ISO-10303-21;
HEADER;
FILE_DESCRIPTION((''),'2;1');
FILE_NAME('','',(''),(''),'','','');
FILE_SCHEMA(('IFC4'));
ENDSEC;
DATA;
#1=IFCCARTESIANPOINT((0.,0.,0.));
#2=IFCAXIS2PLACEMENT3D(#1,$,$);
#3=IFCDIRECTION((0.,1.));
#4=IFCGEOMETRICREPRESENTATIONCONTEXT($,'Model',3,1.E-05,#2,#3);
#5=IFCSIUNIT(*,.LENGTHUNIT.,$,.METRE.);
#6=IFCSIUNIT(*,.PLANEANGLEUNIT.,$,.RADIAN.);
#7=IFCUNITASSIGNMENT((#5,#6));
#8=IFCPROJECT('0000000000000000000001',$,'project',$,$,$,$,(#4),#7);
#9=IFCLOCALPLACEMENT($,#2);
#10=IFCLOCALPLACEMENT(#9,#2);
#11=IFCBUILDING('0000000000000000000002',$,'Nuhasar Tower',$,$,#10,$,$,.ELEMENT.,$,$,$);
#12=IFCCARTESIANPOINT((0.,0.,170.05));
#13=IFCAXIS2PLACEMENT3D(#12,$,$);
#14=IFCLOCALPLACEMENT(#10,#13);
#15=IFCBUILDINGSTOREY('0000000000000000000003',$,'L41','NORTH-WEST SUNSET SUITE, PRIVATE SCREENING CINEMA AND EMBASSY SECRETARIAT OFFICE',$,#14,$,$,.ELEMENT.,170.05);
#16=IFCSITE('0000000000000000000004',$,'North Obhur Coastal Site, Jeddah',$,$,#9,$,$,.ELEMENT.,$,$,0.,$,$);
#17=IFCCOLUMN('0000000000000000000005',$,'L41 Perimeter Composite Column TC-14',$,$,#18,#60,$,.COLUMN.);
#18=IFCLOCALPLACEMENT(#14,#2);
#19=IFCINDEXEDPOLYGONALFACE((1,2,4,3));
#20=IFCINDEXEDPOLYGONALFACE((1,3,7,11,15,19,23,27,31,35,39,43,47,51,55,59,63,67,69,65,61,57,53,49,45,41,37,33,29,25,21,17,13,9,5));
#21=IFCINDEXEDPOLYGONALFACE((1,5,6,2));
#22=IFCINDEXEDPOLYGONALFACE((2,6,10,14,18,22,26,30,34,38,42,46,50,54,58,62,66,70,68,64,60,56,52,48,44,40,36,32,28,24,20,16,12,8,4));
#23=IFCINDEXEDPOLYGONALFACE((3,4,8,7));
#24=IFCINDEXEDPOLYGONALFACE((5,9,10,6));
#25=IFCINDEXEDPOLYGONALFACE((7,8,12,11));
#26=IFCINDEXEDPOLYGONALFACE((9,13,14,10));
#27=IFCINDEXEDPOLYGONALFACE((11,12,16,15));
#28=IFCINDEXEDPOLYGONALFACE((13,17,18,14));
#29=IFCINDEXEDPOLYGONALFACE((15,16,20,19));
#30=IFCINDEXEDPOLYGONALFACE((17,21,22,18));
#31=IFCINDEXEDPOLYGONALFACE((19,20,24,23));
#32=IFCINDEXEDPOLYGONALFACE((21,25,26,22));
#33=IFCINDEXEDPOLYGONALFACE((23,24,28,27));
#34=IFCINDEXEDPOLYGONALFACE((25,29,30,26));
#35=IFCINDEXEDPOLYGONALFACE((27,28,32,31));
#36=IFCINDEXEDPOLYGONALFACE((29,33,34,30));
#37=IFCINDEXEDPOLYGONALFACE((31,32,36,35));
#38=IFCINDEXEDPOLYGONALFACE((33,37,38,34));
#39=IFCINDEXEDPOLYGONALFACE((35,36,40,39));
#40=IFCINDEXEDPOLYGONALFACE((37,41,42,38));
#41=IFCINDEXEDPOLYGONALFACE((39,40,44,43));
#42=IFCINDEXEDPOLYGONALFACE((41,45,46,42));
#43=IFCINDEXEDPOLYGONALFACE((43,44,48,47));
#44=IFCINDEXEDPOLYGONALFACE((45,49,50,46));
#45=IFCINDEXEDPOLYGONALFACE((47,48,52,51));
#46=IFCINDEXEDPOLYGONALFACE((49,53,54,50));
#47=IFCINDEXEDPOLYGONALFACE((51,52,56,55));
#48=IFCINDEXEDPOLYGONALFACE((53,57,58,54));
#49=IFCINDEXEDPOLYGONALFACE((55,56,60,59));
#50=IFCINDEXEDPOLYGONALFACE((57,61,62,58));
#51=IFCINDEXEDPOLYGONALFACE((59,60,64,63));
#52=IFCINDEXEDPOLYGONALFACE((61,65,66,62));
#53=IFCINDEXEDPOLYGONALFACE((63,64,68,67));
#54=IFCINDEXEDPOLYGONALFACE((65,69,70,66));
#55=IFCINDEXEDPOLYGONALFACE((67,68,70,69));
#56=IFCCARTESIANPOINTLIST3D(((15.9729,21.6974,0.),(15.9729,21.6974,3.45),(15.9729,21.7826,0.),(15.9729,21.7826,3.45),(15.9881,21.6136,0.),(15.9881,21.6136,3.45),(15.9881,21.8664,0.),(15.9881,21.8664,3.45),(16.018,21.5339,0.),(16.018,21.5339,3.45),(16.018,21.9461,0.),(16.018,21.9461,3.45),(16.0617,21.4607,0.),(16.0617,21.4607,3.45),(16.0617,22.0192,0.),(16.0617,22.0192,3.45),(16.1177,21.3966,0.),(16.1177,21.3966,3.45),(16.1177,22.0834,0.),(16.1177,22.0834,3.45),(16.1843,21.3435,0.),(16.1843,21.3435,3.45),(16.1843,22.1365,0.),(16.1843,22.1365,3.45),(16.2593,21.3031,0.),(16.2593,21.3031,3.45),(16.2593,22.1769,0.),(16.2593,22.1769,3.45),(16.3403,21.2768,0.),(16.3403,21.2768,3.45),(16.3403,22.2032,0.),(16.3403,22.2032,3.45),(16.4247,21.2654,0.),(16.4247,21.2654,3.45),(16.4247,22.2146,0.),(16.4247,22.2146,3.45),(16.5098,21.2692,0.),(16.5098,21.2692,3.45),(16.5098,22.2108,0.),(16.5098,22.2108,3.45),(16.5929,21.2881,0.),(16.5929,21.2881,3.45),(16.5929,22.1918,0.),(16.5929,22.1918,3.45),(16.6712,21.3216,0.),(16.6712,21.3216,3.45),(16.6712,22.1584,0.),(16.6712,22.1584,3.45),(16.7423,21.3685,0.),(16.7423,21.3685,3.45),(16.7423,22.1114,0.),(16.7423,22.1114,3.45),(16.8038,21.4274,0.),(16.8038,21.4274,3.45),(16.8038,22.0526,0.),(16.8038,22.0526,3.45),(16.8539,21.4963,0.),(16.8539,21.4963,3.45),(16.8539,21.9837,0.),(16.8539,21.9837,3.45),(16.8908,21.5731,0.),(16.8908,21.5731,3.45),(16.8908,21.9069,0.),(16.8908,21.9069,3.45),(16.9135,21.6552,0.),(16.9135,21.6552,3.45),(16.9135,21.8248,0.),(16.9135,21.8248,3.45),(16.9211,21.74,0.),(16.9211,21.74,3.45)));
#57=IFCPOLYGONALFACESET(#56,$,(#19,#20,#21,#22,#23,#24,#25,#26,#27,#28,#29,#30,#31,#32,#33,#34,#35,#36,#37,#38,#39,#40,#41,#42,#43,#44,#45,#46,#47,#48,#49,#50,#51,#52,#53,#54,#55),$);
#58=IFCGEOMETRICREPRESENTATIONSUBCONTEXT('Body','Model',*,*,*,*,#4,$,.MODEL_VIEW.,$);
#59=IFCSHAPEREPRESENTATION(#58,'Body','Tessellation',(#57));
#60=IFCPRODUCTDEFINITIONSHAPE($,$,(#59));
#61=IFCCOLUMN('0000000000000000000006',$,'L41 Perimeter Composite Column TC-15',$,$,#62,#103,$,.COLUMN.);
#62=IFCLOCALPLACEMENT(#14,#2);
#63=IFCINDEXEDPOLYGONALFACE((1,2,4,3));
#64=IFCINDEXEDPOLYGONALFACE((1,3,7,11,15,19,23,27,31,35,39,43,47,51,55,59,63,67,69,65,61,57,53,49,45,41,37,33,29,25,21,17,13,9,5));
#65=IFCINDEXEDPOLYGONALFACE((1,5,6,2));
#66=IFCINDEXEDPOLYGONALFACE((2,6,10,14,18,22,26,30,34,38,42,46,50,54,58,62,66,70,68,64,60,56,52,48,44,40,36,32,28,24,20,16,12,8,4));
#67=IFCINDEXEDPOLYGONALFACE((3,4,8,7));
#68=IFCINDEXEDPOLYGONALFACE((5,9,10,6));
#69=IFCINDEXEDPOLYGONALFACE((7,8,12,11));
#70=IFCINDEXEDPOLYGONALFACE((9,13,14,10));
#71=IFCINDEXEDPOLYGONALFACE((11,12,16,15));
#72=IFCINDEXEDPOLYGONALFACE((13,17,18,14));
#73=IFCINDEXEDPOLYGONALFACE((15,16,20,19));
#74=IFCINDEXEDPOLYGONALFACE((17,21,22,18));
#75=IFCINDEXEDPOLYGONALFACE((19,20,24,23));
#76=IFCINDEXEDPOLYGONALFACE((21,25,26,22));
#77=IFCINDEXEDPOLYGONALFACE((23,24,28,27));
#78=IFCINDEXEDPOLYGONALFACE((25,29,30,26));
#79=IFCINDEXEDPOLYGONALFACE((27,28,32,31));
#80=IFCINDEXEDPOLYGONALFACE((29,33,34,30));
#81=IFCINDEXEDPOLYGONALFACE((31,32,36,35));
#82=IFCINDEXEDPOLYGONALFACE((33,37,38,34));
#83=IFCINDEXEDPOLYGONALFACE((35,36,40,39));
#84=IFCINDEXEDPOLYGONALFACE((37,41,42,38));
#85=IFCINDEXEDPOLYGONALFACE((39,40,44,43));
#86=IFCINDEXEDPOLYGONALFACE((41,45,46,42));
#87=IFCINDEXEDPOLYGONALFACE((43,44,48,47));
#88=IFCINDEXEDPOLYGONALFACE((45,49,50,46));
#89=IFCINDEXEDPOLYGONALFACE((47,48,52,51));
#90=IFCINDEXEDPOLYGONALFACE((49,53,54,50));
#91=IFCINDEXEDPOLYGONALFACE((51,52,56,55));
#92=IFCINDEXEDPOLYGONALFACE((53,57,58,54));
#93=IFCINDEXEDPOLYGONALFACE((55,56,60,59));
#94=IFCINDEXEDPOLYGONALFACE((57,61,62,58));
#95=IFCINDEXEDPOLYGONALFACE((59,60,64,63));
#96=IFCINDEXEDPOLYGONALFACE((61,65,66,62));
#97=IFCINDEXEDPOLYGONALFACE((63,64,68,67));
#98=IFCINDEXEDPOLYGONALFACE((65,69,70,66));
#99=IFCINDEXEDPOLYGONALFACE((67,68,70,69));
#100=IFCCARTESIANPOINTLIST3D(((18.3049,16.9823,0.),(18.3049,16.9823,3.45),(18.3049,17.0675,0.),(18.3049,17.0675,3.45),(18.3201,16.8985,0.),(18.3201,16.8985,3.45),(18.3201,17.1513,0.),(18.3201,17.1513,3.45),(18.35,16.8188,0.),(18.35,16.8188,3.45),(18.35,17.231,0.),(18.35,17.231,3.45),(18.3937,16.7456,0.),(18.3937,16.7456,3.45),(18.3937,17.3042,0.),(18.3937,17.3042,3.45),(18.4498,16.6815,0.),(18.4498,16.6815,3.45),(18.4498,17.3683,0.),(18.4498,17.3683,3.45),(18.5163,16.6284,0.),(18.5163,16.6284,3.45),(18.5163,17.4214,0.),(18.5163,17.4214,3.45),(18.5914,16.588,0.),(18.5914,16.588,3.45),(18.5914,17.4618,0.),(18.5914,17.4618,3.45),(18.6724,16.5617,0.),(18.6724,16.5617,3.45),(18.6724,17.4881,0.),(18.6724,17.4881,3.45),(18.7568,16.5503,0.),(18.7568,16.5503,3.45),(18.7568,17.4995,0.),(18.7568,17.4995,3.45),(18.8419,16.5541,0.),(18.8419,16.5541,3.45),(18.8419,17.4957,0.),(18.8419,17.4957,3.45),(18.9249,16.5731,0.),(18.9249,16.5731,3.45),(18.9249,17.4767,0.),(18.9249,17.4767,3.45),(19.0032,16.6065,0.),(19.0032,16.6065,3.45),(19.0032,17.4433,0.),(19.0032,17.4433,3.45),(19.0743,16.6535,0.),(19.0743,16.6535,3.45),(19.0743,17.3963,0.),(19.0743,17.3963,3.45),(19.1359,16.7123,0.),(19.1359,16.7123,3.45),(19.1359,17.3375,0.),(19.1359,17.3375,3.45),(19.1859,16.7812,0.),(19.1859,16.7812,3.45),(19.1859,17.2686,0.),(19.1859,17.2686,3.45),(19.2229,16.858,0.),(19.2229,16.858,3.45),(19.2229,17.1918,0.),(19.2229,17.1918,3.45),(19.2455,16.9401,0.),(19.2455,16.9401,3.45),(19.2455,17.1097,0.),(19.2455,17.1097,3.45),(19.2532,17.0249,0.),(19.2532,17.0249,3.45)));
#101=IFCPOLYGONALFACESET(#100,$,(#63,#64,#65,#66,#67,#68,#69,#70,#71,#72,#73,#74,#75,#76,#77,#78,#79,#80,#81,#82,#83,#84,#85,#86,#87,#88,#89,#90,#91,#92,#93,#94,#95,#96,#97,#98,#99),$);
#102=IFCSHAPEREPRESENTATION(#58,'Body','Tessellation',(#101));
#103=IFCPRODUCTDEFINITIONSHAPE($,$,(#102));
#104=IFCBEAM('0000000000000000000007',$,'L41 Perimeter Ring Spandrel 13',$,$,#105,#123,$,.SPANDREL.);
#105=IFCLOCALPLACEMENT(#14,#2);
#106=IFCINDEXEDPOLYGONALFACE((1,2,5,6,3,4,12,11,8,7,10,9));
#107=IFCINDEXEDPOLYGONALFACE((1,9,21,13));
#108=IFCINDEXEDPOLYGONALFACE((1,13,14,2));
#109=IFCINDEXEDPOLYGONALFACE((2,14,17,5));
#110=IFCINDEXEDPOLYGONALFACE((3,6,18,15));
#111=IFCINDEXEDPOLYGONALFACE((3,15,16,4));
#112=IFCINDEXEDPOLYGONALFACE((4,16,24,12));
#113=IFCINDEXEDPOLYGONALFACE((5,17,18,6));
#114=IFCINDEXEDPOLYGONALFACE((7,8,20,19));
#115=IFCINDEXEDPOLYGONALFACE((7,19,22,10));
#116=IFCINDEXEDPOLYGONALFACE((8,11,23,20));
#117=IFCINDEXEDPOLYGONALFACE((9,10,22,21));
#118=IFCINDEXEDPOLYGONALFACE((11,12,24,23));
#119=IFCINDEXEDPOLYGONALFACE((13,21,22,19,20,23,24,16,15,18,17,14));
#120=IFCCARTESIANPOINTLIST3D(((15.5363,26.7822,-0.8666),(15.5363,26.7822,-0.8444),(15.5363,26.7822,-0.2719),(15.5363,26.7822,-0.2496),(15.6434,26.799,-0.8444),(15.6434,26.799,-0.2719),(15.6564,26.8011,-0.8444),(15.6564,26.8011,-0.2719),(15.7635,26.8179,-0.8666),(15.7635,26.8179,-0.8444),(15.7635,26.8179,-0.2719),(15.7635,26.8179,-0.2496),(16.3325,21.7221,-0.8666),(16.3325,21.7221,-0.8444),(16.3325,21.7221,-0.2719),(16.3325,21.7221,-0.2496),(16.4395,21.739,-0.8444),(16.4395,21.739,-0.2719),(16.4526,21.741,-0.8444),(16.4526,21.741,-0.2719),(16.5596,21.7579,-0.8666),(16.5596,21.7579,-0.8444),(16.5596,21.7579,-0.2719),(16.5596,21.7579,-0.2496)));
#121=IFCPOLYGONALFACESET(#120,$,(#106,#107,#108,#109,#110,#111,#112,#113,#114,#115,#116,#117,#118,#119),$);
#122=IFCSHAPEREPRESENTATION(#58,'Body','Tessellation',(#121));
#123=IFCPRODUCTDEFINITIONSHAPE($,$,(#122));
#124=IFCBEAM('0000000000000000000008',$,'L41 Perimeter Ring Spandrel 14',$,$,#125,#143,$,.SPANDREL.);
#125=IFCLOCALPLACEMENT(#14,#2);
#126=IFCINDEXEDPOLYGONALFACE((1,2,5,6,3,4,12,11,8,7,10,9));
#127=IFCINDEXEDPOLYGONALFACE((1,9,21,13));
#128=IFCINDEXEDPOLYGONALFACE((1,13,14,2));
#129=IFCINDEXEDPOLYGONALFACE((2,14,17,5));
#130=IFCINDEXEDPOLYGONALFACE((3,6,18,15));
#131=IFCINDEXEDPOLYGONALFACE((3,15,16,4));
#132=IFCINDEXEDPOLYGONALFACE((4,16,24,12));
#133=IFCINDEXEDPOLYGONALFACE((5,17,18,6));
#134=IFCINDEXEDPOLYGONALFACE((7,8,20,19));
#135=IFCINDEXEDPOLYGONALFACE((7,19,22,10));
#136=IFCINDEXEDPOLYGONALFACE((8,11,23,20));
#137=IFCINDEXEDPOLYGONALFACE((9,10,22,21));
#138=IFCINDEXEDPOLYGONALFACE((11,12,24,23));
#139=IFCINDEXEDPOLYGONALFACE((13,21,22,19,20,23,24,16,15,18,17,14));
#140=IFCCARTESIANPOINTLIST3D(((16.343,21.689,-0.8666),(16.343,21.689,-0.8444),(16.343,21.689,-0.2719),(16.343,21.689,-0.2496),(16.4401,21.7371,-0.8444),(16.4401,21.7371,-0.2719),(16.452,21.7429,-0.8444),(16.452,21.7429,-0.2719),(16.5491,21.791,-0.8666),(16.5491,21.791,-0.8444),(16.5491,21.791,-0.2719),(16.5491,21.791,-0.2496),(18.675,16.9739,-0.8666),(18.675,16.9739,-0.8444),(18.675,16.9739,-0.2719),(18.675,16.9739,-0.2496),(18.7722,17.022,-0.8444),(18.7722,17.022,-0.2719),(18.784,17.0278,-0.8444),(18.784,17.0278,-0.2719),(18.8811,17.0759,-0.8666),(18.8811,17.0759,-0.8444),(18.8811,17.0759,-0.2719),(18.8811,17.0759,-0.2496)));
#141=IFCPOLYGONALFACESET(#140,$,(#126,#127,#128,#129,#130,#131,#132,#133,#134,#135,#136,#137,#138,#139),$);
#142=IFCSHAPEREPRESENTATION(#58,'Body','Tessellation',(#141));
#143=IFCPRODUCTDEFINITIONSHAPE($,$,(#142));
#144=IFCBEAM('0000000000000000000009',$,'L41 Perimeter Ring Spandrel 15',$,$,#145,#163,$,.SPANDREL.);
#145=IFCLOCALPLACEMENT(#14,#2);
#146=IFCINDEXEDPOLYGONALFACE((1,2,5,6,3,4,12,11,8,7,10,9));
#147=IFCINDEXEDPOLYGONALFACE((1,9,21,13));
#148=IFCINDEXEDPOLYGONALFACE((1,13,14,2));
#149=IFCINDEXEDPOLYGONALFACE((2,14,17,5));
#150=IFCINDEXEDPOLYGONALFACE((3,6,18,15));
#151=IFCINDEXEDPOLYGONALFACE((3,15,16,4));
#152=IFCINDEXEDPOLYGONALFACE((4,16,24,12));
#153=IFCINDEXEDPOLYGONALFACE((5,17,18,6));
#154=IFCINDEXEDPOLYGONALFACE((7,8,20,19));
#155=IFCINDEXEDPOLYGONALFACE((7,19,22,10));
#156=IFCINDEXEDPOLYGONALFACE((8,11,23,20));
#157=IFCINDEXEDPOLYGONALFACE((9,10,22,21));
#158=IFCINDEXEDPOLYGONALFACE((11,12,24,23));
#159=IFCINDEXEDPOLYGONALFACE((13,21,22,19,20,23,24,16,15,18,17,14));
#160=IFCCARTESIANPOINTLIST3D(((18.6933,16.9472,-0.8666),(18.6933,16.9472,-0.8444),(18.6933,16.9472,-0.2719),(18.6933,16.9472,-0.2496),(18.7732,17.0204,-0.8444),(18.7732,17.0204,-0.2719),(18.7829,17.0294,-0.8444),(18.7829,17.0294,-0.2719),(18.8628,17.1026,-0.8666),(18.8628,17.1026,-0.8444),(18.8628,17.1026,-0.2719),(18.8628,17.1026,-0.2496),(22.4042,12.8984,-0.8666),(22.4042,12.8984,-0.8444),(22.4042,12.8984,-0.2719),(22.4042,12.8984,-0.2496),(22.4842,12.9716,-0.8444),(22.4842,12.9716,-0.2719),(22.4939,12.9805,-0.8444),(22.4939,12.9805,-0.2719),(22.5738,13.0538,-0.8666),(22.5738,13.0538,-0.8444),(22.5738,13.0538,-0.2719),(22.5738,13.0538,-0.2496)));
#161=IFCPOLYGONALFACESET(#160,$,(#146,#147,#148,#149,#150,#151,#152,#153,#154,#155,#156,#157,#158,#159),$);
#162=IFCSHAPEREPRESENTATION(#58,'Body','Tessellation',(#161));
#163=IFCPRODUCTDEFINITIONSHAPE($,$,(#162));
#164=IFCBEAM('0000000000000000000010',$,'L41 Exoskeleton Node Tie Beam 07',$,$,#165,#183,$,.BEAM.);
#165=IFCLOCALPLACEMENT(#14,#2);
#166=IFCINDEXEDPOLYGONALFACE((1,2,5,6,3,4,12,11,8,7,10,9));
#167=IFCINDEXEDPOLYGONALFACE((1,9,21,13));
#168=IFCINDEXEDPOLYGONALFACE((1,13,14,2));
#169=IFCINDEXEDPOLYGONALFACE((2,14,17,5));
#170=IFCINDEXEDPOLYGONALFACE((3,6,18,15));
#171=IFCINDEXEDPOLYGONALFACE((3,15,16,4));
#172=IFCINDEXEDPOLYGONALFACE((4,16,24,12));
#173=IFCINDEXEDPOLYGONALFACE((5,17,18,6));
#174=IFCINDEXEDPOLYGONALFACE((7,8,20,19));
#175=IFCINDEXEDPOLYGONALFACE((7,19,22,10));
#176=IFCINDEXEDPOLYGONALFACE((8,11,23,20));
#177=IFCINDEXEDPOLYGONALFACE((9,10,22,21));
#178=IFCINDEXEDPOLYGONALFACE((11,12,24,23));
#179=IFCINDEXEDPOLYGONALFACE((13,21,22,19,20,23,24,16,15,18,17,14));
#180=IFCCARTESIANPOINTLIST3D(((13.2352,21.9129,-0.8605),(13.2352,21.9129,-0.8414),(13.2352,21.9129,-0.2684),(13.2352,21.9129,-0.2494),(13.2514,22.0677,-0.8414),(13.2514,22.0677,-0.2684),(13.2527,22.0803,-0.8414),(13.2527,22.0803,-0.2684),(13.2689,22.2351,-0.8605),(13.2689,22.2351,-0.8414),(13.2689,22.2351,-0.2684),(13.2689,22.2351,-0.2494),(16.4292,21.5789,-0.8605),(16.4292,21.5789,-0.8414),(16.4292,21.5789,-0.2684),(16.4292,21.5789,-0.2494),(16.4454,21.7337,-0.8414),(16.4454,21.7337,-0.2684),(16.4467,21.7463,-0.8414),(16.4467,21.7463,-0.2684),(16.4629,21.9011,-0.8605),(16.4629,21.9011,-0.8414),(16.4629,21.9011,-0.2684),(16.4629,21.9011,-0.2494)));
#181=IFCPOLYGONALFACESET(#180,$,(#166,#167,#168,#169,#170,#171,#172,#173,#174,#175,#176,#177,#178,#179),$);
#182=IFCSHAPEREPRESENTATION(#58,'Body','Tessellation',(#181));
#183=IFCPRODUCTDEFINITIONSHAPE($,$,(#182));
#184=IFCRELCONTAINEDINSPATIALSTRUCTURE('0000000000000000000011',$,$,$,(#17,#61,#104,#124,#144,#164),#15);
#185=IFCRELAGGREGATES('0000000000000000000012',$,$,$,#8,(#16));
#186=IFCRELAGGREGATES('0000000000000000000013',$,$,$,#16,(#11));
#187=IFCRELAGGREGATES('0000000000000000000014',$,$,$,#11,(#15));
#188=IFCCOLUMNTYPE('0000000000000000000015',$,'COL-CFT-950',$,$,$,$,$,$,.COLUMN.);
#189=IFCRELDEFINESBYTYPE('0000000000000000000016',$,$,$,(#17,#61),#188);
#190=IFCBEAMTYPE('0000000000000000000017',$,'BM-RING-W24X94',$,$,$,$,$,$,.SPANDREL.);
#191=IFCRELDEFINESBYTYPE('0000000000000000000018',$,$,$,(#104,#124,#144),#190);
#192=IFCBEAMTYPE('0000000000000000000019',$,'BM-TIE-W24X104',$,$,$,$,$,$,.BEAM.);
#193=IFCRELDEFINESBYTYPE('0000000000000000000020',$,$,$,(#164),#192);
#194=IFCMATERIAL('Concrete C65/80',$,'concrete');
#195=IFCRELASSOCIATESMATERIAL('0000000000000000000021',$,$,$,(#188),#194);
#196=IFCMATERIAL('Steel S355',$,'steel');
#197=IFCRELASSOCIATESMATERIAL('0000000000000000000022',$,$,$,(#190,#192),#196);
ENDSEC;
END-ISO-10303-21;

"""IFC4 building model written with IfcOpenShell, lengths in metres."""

from ifc_helpers import new_model, si_unit, direction, frame, origin, origin_2d, place, context, subcontext, project, spatial, circle, i_section, extrude, material, material_profile, profile_set, type_object, element, save


model = new_model("IFC4")

# Units and contexts
model_context = context("Model", 3, precision=1e-05, world=origin(), true_north=direction((0.0, 1.0)))
body_context = subcontext(model_context, "Body", "Model", "MODEL_VIEW")
ifc_project = project(units=[si_unit("LENGTHUNIT", "METRE"), si_unit("PLANEANGLEUNIT", "RADIAN")], contexts=[model_context])

# Site, building, storey
site_placement = place(None, origin())
site = spatial("IfcSite", under=ifc_project, at=site_placement, Name="North Obhur Coastal Site, Jeddah", CompositionType="ELEMENT", RefElevation=0.0)
building_placement = place(site_placement, origin())
building = spatial("IfcBuilding", under=site, at=building_placement, Name="Nuhasar Tower", CompositionType="ELEMENT")
storey_placement = place(building_placement, frame((0.0, 0.0, 170.05)))
storey = spatial("IfcBuildingStorey", under=building, at=storey_placement, Name="L41", Description="NORTH-WEST SUNSET SUITE, PRIVATE SCREENING CINEMA AND EMBASSY SECRETARIAT OFFICE", CompositionType="ELEMENT", Elevation=170.05)

# Columns
ifc_material_1 = material(Name="Concrete C65/80", Category="concrete")
ifc_material_profile_1 = material_profile(ifc_material_1, circle(Radius=0.4751, at=origin_2d()), Name="CFT950")
ifc_profile_set_1 = profile_set([ifc_material_profile_1], Name="Concrete C65/80")
column_type = type_object("IfcColumnType", Name="COL-CFT-950", PredefinedType="COLUMN", material=ifc_profile_set_1)
for number, where, z_axis, x_axis, name in (
    (1, (16.446, 21.74, 0.0), (0.0, 0.0, 1.0), (1.0, 0.0, 0.0), "L41 Perimeter Composite Column TC-14"),
    (2, (18.7781, 17.0249, 0.0), (0.0, 0.0, 1.0), (1.0, 0.0, 0.0), "L41 Perimeter Composite Column TC-15"),
):
    element("IfcColumn", number, at=place(storey_placement, frame(where, z_axis=z_axis, x_axis=x_axis)), inside=storey, type_object=column_type, Name=name, PredefinedType="COLUMN", context=body_context, shape_type="SweptSolid", body=[
        extrude(circle(Radius=0.4751, at=origin_2d()), origin(), (0.0, 0.0, 1.0), 3.45),
    ])

# Beams
ifc_material_2 = material(Name="Steel S355", Category="steel")
ifc_material_profile_2 = material_profile(ifc_material_2, i_section(OverallWidth=0.23, OverallDepth=0.6169, WebThickness=0.0132, FlangeThickness=0.0222, at=origin_2d()), Name="W24X94")
ifc_profile_set_2 = profile_set([ifc_material_profile_2], Name="Steel S355")
beam_type_1 = type_object("IfcBeamType", Name="BM-RING-W24X94", PredefinedType="SPANDREL", material=ifc_profile_set_2)
beam_1_placement = place(storey_placement, frame((15.6499, 26.8, -0.5581), z_axis=(0.155427, -0.987847, 0.0), x_axis=(0.987847, 0.155427, 0.0)))
element("IfcBeam", 3, at=beam_1_placement, inside=storey, type_object=beam_type_1, Name="L41 Perimeter Ring Spandrel 13", PredefinedType="SPANDREL", context=body_context, shape_type="SweptSolid", body=[
    extrude(i_section(OverallWidth=0.23, OverallDepth=0.6169, WebThickness=0.0132, FlangeThickness=0.0222, at=origin_2d()), origin(), (0.0, 0.0, 1.0), 5.1223),
])
beam_2_placement = place(storey_placement, frame((16.446, 21.74, -0.5581), z_axis=(0.443329, -0.896359, 0.0), x_axis=(0.896359, 0.443329, 0.0)))
element("IfcBeam", 4, at=beam_2_placement, inside=storey, type_object=beam_type_1, Name="L41 Perimeter Ring Spandrel 14", PredefinedType="SPANDREL", context=body_context, shape_type="SweptSolid", body=[
    extrude(i_section(OverallWidth=0.23, OverallDepth=0.6169, WebThickness=0.0132, FlangeThickness=0.0222, at=origin_2d()), origin(), (0.0, 0.0, 1.0), 5.2603),
])
beam_3_placement = place(storey_placement, frame((18.7781, 17.0249, -0.5581), z_axis=(0.675676, -0.737198, 0.0), x_axis=(0.737198, 0.675676, 0.0)))
element("IfcBeam", 5, at=beam_3_placement, inside=storey, type_object=beam_type_1, Name="L41 Perimeter Ring Spandrel 15", PredefinedType="SPANDREL", context=body_context, shape_type="SweptSolid", body=[
    extrude(i_section(OverallWidth=0.23, OverallDepth=0.6169, WebThickness=0.0132, FlangeThickness=0.0222, at=origin_2d()), origin(), (0.0, 0.0, 1.0), 5.4922),
])
ifc_material_profile_3 = material_profile(ifc_material_2, i_section(OverallWidth=0.324, OverallDepth=0.6111, WebThickness=0.0127, FlangeThickness=0.019, at=origin_2d()), Name="W24X104")
ifc_profile_set_3 = profile_set([ifc_material_profile_3], Name="Steel S355")
beam_type_2 = type_object("IfcBeamType", Name="BM-TIE-W24X104", PredefinedType="BEAM", material=ifc_profile_set_3)
beam_4_placement = place(storey_placement, frame((16.446, 21.74, -0.5549), z_axis=(-0.994578, 0.103996, 0.0), x_axis=(-0.103996, -0.994578, 0.0)))
element("IfcBeam", 6, at=beam_4_placement, inside=storey, type_object=beam_type_2, Name="L41 Exoskeleton Node Tie Beam 07", PredefinedType="BEAM", context=body_context, shape_type="SweptSolid", body=[
    extrude(i_section(OverallWidth=0.324, OverallDepth=0.6111, WebThickness=0.0127, FlangeThickness=0.019, at=origin_2d()), origin(), (0.0, 0.0, 1.0), 3.2114),
])

save(model, "model.ifc")
